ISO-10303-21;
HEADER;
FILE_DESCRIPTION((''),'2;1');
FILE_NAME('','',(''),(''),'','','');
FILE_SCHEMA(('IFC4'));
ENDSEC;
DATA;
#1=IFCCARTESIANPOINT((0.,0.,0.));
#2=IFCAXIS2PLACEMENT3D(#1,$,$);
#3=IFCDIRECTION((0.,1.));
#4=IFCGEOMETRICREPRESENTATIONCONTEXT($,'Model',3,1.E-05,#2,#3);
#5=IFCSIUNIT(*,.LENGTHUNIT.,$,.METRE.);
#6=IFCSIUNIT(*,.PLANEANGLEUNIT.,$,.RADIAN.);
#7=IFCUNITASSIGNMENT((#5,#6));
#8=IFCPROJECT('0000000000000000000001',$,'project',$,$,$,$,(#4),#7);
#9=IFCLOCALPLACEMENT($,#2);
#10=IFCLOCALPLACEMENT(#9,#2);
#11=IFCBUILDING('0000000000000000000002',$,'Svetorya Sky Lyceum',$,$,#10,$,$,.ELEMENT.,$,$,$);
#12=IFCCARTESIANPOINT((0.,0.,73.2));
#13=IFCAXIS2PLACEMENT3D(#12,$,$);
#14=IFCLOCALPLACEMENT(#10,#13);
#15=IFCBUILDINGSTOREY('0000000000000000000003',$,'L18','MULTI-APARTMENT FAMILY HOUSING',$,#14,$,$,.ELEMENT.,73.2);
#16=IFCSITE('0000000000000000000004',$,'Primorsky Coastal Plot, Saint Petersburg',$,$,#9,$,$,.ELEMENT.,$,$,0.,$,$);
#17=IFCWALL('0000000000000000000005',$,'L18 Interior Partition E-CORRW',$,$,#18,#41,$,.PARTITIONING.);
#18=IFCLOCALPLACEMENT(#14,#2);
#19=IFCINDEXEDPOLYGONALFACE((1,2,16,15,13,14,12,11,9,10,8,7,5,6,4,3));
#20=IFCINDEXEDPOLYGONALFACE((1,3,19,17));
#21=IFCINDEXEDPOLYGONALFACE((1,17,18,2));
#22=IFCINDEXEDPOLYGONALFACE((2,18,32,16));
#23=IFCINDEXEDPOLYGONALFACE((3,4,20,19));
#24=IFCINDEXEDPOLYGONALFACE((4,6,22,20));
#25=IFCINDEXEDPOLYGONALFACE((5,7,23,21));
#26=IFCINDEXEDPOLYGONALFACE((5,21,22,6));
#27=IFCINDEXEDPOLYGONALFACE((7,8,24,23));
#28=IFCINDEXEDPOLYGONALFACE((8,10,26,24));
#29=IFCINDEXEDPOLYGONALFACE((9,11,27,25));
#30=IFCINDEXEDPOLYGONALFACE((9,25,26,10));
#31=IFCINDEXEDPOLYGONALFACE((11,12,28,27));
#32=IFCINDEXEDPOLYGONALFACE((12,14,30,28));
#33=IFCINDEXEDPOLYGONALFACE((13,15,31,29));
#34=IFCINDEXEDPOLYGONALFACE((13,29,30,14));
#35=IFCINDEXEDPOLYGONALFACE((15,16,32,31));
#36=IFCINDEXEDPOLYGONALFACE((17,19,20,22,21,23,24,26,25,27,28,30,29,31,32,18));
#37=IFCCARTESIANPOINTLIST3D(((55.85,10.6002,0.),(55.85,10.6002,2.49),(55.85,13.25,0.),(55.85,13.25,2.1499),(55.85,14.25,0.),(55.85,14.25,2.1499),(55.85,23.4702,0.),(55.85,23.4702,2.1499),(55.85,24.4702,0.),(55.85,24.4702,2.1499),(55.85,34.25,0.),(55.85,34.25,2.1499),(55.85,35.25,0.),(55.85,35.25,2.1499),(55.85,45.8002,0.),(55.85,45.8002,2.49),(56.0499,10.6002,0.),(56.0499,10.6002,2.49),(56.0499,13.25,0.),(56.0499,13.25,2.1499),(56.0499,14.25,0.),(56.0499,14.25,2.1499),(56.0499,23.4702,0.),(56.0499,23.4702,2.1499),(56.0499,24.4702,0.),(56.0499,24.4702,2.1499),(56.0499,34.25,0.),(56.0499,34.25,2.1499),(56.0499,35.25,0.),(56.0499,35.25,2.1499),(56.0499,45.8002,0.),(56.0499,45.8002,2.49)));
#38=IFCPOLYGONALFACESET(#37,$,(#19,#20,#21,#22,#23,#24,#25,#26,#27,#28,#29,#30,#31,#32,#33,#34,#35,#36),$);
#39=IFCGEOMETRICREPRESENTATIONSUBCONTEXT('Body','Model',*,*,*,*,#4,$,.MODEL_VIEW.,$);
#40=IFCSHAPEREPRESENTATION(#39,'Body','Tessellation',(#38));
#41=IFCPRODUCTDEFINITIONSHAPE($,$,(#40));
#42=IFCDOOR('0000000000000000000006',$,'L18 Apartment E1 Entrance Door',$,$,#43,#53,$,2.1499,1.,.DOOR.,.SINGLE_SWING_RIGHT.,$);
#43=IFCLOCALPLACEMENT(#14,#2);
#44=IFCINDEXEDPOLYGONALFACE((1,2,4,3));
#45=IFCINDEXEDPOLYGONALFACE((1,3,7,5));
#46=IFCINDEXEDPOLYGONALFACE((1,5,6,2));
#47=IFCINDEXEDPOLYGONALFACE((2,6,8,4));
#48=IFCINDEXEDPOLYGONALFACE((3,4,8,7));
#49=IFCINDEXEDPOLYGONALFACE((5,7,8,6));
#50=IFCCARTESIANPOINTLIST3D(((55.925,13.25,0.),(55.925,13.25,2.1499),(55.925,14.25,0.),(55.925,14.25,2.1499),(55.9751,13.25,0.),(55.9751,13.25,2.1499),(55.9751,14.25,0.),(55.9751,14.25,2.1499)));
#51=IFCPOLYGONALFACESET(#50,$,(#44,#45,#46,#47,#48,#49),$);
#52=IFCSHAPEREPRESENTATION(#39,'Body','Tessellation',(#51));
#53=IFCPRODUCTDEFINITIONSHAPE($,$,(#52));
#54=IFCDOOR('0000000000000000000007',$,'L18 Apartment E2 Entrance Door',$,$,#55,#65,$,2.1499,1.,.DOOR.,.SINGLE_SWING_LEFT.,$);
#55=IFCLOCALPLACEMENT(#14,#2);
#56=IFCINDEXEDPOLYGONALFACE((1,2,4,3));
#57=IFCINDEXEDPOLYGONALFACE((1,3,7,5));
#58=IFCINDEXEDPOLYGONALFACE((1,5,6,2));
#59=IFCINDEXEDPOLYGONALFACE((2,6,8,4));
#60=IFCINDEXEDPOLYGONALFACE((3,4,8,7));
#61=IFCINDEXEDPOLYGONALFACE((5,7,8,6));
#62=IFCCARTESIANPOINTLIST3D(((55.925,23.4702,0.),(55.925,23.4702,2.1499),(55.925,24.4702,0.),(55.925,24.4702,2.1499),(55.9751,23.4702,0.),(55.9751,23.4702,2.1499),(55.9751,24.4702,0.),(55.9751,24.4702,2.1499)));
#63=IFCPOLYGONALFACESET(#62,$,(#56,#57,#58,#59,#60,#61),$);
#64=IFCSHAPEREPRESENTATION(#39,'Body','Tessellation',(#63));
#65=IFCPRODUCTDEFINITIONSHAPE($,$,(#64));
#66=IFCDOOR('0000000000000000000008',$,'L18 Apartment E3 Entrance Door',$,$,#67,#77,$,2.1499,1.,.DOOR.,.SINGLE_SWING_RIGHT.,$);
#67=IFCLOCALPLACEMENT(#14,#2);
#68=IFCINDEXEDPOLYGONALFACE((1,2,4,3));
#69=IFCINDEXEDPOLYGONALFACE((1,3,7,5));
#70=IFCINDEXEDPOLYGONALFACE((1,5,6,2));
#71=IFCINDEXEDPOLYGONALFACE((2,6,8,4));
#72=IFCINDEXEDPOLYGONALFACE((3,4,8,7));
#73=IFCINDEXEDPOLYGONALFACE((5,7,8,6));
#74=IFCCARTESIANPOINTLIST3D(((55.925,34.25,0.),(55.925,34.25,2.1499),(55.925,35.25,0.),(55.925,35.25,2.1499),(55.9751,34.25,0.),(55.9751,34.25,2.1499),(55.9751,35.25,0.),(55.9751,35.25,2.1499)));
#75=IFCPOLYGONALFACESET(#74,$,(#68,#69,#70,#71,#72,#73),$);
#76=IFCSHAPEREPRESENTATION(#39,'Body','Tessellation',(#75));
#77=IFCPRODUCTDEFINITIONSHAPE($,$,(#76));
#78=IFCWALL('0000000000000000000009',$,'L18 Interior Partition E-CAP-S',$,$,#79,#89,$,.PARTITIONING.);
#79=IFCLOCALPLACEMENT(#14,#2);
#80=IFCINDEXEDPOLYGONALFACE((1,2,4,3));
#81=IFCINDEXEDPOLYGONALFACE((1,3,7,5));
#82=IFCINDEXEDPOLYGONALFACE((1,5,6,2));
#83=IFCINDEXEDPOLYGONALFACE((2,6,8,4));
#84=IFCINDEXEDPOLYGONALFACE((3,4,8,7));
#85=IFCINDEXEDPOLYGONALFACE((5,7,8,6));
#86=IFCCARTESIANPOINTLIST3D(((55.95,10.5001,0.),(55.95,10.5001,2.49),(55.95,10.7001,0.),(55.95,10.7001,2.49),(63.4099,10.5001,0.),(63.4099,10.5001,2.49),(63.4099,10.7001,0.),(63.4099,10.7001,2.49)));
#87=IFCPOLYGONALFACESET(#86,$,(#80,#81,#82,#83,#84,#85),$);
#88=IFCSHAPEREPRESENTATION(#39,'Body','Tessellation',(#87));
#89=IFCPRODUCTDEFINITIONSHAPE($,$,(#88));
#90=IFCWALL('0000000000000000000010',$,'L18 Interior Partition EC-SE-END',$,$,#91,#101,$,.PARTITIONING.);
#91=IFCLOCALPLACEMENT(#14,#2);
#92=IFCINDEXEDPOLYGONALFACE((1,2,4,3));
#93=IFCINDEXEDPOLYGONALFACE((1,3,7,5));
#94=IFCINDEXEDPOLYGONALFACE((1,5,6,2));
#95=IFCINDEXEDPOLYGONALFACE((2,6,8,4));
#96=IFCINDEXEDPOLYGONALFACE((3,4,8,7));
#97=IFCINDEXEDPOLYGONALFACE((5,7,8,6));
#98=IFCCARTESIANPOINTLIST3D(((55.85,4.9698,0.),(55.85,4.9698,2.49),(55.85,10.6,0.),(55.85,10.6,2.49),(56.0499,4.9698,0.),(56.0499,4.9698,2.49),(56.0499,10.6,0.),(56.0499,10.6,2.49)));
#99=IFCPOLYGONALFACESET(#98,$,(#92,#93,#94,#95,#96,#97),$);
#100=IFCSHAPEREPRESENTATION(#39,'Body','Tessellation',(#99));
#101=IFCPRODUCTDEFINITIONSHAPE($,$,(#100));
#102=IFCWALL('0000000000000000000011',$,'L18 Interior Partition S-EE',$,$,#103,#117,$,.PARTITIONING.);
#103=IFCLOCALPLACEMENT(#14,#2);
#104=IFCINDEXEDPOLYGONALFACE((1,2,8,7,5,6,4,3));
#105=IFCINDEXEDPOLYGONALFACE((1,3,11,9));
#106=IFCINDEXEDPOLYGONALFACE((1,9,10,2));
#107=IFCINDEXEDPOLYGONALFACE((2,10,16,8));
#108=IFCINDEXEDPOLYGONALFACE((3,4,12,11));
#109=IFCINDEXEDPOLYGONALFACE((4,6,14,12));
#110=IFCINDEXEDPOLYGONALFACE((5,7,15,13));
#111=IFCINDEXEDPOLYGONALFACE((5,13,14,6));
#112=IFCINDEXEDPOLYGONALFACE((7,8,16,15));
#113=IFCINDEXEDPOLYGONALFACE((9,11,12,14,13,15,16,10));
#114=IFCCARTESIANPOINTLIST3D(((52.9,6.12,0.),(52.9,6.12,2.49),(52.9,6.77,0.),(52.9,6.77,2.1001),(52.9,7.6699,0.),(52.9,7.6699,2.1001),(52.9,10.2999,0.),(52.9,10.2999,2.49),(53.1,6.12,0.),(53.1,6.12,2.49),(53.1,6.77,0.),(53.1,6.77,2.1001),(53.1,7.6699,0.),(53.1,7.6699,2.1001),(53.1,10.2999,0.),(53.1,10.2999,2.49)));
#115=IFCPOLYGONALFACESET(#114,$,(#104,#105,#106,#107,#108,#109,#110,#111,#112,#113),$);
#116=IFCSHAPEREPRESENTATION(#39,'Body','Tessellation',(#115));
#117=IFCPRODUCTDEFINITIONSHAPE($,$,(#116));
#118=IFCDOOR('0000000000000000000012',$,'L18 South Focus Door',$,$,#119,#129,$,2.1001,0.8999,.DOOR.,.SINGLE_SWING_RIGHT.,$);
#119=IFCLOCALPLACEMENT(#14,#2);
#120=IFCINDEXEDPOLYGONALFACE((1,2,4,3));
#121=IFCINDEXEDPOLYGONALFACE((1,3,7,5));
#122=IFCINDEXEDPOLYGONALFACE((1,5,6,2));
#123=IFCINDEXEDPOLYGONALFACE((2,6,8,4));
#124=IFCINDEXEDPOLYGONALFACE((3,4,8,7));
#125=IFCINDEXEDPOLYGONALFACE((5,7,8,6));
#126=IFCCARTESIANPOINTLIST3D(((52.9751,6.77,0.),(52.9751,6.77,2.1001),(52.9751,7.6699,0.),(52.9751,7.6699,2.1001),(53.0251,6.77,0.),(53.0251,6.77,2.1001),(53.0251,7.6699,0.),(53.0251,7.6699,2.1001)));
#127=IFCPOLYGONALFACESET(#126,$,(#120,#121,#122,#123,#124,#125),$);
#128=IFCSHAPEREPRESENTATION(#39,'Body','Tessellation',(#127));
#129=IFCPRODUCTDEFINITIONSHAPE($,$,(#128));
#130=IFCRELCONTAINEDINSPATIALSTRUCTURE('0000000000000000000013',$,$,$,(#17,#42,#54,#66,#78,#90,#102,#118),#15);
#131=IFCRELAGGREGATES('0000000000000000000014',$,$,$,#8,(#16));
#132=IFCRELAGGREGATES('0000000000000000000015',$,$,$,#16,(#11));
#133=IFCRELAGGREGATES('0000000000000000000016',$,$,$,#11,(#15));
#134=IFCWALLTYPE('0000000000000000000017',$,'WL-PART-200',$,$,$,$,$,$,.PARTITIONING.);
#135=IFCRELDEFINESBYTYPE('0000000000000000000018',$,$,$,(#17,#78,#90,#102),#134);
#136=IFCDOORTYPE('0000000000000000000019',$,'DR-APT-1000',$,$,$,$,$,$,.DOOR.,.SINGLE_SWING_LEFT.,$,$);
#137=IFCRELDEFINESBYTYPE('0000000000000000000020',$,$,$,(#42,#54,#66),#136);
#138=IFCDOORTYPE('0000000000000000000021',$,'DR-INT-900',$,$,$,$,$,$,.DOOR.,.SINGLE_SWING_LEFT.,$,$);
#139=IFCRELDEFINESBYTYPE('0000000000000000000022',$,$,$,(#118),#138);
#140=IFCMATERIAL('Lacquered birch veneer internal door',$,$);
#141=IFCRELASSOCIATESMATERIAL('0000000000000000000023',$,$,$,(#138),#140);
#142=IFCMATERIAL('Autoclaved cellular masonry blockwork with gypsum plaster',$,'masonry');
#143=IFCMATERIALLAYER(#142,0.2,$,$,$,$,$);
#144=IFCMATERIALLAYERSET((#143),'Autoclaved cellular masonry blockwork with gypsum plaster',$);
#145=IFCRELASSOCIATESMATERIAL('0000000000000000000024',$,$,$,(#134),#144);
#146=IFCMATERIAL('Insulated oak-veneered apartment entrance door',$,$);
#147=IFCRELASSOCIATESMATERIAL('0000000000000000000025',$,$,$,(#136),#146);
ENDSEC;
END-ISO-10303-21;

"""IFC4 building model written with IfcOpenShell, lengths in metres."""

from ifc_helpers import new_model, si_unit, direction, frame, frame_2d, origin, place, context, subcontext, project, spatial, rectangle, extrude, material, layer, layer_set, type_object, element, fill, save


model = new_model("IFC4")

# Units and contexts
model_context = context("Model", 3, precision=1e-05, world=origin(), true_north=direction((0.0, 1.0)))
body_context = subcontext(model_context, "Body", "Model", "MODEL_VIEW")
ifc_project = project(units=[si_unit("LENGTHUNIT", "METRE"), si_unit("PLANEANGLEUNIT", "RADIAN")], contexts=[model_context])

# Site, building, storey
site_placement = place(None, origin())
site = spatial("IfcSite", under=ifc_project, at=site_placement, Name="Primorsky Coastal Plot, Saint Petersburg", CompositionType="ELEMENT", RefElevation=0.0)
building_placement = place(site_placement, origin())
building = spatial("IfcBuilding", under=site, at=building_placement, Name="Svetorya Sky Lyceum", CompositionType="ELEMENT")
storey_placement = place(building_placement, frame((0.0, 0.0, 73.2)))
storey = spatial("IfcBuildingStorey", under=building, at=storey_placement, Name="L18", Description="MULTI-APARTMENT FAMILY HOUSING", CompositionType="ELEMENT", Elevation=73.2)

# Wall, openings, doors
ifc_material_1 = material(Name="Lacquered birch veneer internal door")
door_type_1 = type_object("IfcDoorType", Name="DR-INT-900", OperationType="SINGLE_SWING_LEFT", PredefinedType="DOOR", material=ifc_material_1)
ifc_material_2 = material(Name="Autoclaved cellular masonry blockwork with gypsum plaster", Category="masonry")
ifc_layer_1 = layer(ifc_material_2, 0.2)
ifc_layer_set_1 = layer_set([ifc_layer_1], Name="Autoclaved cellular masonry blockwork with gypsum plaster")
wall_type_1 = type_object("IfcWallType", Name="WL-PART-200", PredefinedType="PARTITIONING", material=ifc_layer_set_1)
wall_1_placement = place(storey_placement, frame((55.95, 10.6001, 0.0), z_axis=(0.0, 0.0, 1.0), x_axis=(0.0, 1.0, 0.0)))
wall_1 = element("IfcWall", 1, at=wall_1_placement, inside=storey, type_object=wall_type_1, Name="L18 Interior Partition E-CORRW", PredefinedType="PARTITIONING", context=body_context, shape_type="SweptSolid", body=[
    extrude(rectangle(XDim=35.2, YDim=0.2, at=frame_2d((17.6001, 0.0))), origin(), (0.0, 0.0, 1.0), 2.49),
])
opening_1_placement = place(wall_1_placement, frame((2.6499, 0.0, 0.0)))
opening_1 = element("IfcOpeningElement", 2, at=opening_1_placement, cuts=wall_1, PredefinedType="OPENING", context=body_context, shape_type="SweptSolid", body=[
    extrude(rectangle(XDim=1.0, YDim=2.1499, at=frame_2d((0.5, 1.075))), frame((0.0, 0.1099, 0.0), z_axis=(0.0, -1.0, 0.0), x_axis=(1.0, 0.0, 0.0)), (0.0, 0.0, 1.0), 0.22),
])
opening_2_placement = place(wall_1_placement, frame((12.8701, 0.0, 0.0)))
opening_2 = element("IfcOpeningElement", 3, at=opening_2_placement, cuts=wall_1, PredefinedType="OPENING", context=body_context, shape_type="SweptSolid", body=[
    extrude(rectangle(XDim=1.0, YDim=2.1499, at=frame_2d((0.5, 1.075))), frame((0.0, 0.1099, 0.0), z_axis=(0.0, -1.0, 0.0), x_axis=(1.0, 0.0, 0.0)), (0.0, 0.0, 1.0), 0.22),
])
opening_3_placement = place(wall_1_placement, frame((23.6499, 0.0, 0.0)))
opening_3 = element("IfcOpeningElement", 4, at=opening_3_placement, cuts=wall_1, PredefinedType="OPENING", context=body_context, shape_type="SweptSolid", body=[
    extrude(rectangle(XDim=1.0, YDim=2.1499, at=frame_2d((0.5, 1.075))), frame((0.0, 0.1099, 0.0), z_axis=(0.0, -1.0, 0.0), x_axis=(1.0, 0.0, 0.0)), (0.0, 0.0, 1.0), 0.22),
])
ifc_material_3 = material(Name="Insulated oak-veneered apartment entrance door")
door_type_2 = type_object("IfcDoorType", Name="DR-APT-1000", OperationType="SINGLE_SWING_LEFT", PredefinedType="DOOR", material=ifc_material_3)
door_1_placement = place(opening_1_placement, origin())
door_1 = element("IfcDoor", 5, at=door_1_placement, inside=storey, type_object=door_type_2, Name="L18 Apartment E1 Entrance Door", OperationType="SINGLE_SWING_RIGHT", OverallHeight=2.1499, OverallWidth=1.0, PredefinedType="DOOR", context=body_context, shape_type="SweptSolid", body=[
    extrude(rectangle(XDim=1.0, YDim=2.1499, at=frame_2d((0.5, 1.075))), frame((0.0, 0.0249, 0.0), z_axis=(0.0, -1.0, 0.0), x_axis=(1.0, 0.0, 0.0)), (0.0, 0.0, 1.0), 0.05),
])
fill(opening_1, door_1)
door_2_placement = place(opening_2_placement, origin())
door_2 = element("IfcDoor", 6, at=door_2_placement, inside=storey, type_object=door_type_2, Name="L18 Apartment E2 Entrance Door", OperationType="SINGLE_SWING_LEFT", OverallHeight=2.1499, OverallWidth=1.0, PredefinedType="DOOR", context=body_context, shape_type="SweptSolid", body=[
    extrude(rectangle(XDim=1.0, YDim=2.1499, at=frame_2d((0.5, 1.075))), frame((0.0, 0.0249, 0.0), z_axis=(0.0, -1.0, 0.0), x_axis=(1.0, 0.0, 0.0)), (0.0, 0.0, 1.0), 0.05),
])
fill(opening_2, door_2)
door_3_placement = place(opening_3_placement, origin())
door_3 = element("IfcDoor", 7, at=door_3_placement, inside=storey, type_object=door_type_2, Name="L18 Apartment E3 Entrance Door", OperationType="SINGLE_SWING_RIGHT", OverallHeight=2.1499, OverallWidth=1.0, PredefinedType="DOOR", context=body_context, shape_type="SweptSolid", body=[
    extrude(rectangle(XDim=1.0, YDim=2.1499, at=frame_2d((0.5, 1.075))), frame((0.0, 0.0249, 0.0), z_axis=(0.0, -1.0, 0.0), x_axis=(1.0, 0.0, 0.0)), (0.0, 0.0, 1.0), 0.05),
])
fill(opening_3, door_3)

# Walls
wall_2_placement = place(storey_placement, frame((55.95, 10.6001, 0.0), z_axis=(0.0, 0.0, 1.0), x_axis=(1.0, 0.0, 0.0)))
element("IfcWall", 8, at=wall_2_placement, inside=storey, type_object=wall_type_1, Name="L18 Interior Partition E-CAP-S", PredefinedType="PARTITIONING", context=body_context, shape_type="SweptSolid", body=[
    extrude(rectangle(XDim=7.46, YDim=0.2, at=frame_2d((3.73, 0.0))), origin(), (0.0, 0.0, 1.0), 2.49),
])
wall_3_placement = place(storey_placement, frame((55.95, 4.97, 0.0), z_axis=(0.0, 0.0, 1.0), x_axis=(0.0, 1.0, 0.0)))
element("IfcWall", 9, at=wall_3_placement, inside=storey, type_object=wall_type_1, Name="L18 Interior Partition EC-SE-END", PredefinedType="PARTITIONING", context=body_context, shape_type="SweptSolid", body=[
    extrude(rectangle(XDim=5.6301, YDim=0.2, at=frame_2d((2.8149, 0.0))), origin(), (0.0, 0.0, 1.0), 2.49),
])

# Wall, opening, door
wall_4_placement = place(storey_placement, frame((53.0, 6.1201, 0.0), z_axis=(0.0, 0.0, 1.0), x_axis=(0.0, 1.0, 0.0)))
wall_4 = element("IfcWall", 10, at=wall_4_placement, inside=storey, type_object=wall_type_1, Name="L18 Interior Partition S-EE", PredefinedType="PARTITIONING", context=body_context, shape_type="SweptSolid", body=[
    extrude(rectangle(XDim=4.1799, YDim=0.2, at=frame_2d((2.0898, 0.0))), origin(), (0.0, 0.0, 1.0), 2.49),
])
opening_4_placement = place(wall_4_placement, frame((0.6499, 0.0, 0.0)))
opening_4 = element("IfcOpeningElement", 11, at=opening_4_placement, cuts=wall_4, PredefinedType="OPENING", context=body_context, shape_type="SweptSolid", body=[
    extrude(rectangle(XDim=0.8999, YDim=2.1001, at=frame_2d((0.45, 1.05))), frame((0.0, 0.1099, 0.0), z_axis=(0.0, -1.0, 0.0), x_axis=(1.0, 0.0, 0.0)), (0.0, 0.0, 1.0), 0.22),
])
door_4_placement = place(opening_4_placement, origin())
door_4 = element("IfcDoor", 12, at=door_4_placement, inside=storey, type_object=door_type_1, Name="L18 South Focus Door", OperationType="SINGLE_SWING_RIGHT", OverallHeight=2.1001, OverallWidth=0.8999, PredefinedType="DOOR", context=body_context, shape_type="SweptSolid", body=[
    extrude(rectangle(XDim=0.8999, YDim=2.1001, at=frame_2d((0.45, 1.05))), frame((0.0, 0.0249, 0.0), z_axis=(0.0, -1.0, 0.0), x_axis=(1.0, 0.0, 0.0)), (0.0, 0.0, 1.0), 0.05),
])
fill(opening_4, door_4)

save(model, "model.ifc")
